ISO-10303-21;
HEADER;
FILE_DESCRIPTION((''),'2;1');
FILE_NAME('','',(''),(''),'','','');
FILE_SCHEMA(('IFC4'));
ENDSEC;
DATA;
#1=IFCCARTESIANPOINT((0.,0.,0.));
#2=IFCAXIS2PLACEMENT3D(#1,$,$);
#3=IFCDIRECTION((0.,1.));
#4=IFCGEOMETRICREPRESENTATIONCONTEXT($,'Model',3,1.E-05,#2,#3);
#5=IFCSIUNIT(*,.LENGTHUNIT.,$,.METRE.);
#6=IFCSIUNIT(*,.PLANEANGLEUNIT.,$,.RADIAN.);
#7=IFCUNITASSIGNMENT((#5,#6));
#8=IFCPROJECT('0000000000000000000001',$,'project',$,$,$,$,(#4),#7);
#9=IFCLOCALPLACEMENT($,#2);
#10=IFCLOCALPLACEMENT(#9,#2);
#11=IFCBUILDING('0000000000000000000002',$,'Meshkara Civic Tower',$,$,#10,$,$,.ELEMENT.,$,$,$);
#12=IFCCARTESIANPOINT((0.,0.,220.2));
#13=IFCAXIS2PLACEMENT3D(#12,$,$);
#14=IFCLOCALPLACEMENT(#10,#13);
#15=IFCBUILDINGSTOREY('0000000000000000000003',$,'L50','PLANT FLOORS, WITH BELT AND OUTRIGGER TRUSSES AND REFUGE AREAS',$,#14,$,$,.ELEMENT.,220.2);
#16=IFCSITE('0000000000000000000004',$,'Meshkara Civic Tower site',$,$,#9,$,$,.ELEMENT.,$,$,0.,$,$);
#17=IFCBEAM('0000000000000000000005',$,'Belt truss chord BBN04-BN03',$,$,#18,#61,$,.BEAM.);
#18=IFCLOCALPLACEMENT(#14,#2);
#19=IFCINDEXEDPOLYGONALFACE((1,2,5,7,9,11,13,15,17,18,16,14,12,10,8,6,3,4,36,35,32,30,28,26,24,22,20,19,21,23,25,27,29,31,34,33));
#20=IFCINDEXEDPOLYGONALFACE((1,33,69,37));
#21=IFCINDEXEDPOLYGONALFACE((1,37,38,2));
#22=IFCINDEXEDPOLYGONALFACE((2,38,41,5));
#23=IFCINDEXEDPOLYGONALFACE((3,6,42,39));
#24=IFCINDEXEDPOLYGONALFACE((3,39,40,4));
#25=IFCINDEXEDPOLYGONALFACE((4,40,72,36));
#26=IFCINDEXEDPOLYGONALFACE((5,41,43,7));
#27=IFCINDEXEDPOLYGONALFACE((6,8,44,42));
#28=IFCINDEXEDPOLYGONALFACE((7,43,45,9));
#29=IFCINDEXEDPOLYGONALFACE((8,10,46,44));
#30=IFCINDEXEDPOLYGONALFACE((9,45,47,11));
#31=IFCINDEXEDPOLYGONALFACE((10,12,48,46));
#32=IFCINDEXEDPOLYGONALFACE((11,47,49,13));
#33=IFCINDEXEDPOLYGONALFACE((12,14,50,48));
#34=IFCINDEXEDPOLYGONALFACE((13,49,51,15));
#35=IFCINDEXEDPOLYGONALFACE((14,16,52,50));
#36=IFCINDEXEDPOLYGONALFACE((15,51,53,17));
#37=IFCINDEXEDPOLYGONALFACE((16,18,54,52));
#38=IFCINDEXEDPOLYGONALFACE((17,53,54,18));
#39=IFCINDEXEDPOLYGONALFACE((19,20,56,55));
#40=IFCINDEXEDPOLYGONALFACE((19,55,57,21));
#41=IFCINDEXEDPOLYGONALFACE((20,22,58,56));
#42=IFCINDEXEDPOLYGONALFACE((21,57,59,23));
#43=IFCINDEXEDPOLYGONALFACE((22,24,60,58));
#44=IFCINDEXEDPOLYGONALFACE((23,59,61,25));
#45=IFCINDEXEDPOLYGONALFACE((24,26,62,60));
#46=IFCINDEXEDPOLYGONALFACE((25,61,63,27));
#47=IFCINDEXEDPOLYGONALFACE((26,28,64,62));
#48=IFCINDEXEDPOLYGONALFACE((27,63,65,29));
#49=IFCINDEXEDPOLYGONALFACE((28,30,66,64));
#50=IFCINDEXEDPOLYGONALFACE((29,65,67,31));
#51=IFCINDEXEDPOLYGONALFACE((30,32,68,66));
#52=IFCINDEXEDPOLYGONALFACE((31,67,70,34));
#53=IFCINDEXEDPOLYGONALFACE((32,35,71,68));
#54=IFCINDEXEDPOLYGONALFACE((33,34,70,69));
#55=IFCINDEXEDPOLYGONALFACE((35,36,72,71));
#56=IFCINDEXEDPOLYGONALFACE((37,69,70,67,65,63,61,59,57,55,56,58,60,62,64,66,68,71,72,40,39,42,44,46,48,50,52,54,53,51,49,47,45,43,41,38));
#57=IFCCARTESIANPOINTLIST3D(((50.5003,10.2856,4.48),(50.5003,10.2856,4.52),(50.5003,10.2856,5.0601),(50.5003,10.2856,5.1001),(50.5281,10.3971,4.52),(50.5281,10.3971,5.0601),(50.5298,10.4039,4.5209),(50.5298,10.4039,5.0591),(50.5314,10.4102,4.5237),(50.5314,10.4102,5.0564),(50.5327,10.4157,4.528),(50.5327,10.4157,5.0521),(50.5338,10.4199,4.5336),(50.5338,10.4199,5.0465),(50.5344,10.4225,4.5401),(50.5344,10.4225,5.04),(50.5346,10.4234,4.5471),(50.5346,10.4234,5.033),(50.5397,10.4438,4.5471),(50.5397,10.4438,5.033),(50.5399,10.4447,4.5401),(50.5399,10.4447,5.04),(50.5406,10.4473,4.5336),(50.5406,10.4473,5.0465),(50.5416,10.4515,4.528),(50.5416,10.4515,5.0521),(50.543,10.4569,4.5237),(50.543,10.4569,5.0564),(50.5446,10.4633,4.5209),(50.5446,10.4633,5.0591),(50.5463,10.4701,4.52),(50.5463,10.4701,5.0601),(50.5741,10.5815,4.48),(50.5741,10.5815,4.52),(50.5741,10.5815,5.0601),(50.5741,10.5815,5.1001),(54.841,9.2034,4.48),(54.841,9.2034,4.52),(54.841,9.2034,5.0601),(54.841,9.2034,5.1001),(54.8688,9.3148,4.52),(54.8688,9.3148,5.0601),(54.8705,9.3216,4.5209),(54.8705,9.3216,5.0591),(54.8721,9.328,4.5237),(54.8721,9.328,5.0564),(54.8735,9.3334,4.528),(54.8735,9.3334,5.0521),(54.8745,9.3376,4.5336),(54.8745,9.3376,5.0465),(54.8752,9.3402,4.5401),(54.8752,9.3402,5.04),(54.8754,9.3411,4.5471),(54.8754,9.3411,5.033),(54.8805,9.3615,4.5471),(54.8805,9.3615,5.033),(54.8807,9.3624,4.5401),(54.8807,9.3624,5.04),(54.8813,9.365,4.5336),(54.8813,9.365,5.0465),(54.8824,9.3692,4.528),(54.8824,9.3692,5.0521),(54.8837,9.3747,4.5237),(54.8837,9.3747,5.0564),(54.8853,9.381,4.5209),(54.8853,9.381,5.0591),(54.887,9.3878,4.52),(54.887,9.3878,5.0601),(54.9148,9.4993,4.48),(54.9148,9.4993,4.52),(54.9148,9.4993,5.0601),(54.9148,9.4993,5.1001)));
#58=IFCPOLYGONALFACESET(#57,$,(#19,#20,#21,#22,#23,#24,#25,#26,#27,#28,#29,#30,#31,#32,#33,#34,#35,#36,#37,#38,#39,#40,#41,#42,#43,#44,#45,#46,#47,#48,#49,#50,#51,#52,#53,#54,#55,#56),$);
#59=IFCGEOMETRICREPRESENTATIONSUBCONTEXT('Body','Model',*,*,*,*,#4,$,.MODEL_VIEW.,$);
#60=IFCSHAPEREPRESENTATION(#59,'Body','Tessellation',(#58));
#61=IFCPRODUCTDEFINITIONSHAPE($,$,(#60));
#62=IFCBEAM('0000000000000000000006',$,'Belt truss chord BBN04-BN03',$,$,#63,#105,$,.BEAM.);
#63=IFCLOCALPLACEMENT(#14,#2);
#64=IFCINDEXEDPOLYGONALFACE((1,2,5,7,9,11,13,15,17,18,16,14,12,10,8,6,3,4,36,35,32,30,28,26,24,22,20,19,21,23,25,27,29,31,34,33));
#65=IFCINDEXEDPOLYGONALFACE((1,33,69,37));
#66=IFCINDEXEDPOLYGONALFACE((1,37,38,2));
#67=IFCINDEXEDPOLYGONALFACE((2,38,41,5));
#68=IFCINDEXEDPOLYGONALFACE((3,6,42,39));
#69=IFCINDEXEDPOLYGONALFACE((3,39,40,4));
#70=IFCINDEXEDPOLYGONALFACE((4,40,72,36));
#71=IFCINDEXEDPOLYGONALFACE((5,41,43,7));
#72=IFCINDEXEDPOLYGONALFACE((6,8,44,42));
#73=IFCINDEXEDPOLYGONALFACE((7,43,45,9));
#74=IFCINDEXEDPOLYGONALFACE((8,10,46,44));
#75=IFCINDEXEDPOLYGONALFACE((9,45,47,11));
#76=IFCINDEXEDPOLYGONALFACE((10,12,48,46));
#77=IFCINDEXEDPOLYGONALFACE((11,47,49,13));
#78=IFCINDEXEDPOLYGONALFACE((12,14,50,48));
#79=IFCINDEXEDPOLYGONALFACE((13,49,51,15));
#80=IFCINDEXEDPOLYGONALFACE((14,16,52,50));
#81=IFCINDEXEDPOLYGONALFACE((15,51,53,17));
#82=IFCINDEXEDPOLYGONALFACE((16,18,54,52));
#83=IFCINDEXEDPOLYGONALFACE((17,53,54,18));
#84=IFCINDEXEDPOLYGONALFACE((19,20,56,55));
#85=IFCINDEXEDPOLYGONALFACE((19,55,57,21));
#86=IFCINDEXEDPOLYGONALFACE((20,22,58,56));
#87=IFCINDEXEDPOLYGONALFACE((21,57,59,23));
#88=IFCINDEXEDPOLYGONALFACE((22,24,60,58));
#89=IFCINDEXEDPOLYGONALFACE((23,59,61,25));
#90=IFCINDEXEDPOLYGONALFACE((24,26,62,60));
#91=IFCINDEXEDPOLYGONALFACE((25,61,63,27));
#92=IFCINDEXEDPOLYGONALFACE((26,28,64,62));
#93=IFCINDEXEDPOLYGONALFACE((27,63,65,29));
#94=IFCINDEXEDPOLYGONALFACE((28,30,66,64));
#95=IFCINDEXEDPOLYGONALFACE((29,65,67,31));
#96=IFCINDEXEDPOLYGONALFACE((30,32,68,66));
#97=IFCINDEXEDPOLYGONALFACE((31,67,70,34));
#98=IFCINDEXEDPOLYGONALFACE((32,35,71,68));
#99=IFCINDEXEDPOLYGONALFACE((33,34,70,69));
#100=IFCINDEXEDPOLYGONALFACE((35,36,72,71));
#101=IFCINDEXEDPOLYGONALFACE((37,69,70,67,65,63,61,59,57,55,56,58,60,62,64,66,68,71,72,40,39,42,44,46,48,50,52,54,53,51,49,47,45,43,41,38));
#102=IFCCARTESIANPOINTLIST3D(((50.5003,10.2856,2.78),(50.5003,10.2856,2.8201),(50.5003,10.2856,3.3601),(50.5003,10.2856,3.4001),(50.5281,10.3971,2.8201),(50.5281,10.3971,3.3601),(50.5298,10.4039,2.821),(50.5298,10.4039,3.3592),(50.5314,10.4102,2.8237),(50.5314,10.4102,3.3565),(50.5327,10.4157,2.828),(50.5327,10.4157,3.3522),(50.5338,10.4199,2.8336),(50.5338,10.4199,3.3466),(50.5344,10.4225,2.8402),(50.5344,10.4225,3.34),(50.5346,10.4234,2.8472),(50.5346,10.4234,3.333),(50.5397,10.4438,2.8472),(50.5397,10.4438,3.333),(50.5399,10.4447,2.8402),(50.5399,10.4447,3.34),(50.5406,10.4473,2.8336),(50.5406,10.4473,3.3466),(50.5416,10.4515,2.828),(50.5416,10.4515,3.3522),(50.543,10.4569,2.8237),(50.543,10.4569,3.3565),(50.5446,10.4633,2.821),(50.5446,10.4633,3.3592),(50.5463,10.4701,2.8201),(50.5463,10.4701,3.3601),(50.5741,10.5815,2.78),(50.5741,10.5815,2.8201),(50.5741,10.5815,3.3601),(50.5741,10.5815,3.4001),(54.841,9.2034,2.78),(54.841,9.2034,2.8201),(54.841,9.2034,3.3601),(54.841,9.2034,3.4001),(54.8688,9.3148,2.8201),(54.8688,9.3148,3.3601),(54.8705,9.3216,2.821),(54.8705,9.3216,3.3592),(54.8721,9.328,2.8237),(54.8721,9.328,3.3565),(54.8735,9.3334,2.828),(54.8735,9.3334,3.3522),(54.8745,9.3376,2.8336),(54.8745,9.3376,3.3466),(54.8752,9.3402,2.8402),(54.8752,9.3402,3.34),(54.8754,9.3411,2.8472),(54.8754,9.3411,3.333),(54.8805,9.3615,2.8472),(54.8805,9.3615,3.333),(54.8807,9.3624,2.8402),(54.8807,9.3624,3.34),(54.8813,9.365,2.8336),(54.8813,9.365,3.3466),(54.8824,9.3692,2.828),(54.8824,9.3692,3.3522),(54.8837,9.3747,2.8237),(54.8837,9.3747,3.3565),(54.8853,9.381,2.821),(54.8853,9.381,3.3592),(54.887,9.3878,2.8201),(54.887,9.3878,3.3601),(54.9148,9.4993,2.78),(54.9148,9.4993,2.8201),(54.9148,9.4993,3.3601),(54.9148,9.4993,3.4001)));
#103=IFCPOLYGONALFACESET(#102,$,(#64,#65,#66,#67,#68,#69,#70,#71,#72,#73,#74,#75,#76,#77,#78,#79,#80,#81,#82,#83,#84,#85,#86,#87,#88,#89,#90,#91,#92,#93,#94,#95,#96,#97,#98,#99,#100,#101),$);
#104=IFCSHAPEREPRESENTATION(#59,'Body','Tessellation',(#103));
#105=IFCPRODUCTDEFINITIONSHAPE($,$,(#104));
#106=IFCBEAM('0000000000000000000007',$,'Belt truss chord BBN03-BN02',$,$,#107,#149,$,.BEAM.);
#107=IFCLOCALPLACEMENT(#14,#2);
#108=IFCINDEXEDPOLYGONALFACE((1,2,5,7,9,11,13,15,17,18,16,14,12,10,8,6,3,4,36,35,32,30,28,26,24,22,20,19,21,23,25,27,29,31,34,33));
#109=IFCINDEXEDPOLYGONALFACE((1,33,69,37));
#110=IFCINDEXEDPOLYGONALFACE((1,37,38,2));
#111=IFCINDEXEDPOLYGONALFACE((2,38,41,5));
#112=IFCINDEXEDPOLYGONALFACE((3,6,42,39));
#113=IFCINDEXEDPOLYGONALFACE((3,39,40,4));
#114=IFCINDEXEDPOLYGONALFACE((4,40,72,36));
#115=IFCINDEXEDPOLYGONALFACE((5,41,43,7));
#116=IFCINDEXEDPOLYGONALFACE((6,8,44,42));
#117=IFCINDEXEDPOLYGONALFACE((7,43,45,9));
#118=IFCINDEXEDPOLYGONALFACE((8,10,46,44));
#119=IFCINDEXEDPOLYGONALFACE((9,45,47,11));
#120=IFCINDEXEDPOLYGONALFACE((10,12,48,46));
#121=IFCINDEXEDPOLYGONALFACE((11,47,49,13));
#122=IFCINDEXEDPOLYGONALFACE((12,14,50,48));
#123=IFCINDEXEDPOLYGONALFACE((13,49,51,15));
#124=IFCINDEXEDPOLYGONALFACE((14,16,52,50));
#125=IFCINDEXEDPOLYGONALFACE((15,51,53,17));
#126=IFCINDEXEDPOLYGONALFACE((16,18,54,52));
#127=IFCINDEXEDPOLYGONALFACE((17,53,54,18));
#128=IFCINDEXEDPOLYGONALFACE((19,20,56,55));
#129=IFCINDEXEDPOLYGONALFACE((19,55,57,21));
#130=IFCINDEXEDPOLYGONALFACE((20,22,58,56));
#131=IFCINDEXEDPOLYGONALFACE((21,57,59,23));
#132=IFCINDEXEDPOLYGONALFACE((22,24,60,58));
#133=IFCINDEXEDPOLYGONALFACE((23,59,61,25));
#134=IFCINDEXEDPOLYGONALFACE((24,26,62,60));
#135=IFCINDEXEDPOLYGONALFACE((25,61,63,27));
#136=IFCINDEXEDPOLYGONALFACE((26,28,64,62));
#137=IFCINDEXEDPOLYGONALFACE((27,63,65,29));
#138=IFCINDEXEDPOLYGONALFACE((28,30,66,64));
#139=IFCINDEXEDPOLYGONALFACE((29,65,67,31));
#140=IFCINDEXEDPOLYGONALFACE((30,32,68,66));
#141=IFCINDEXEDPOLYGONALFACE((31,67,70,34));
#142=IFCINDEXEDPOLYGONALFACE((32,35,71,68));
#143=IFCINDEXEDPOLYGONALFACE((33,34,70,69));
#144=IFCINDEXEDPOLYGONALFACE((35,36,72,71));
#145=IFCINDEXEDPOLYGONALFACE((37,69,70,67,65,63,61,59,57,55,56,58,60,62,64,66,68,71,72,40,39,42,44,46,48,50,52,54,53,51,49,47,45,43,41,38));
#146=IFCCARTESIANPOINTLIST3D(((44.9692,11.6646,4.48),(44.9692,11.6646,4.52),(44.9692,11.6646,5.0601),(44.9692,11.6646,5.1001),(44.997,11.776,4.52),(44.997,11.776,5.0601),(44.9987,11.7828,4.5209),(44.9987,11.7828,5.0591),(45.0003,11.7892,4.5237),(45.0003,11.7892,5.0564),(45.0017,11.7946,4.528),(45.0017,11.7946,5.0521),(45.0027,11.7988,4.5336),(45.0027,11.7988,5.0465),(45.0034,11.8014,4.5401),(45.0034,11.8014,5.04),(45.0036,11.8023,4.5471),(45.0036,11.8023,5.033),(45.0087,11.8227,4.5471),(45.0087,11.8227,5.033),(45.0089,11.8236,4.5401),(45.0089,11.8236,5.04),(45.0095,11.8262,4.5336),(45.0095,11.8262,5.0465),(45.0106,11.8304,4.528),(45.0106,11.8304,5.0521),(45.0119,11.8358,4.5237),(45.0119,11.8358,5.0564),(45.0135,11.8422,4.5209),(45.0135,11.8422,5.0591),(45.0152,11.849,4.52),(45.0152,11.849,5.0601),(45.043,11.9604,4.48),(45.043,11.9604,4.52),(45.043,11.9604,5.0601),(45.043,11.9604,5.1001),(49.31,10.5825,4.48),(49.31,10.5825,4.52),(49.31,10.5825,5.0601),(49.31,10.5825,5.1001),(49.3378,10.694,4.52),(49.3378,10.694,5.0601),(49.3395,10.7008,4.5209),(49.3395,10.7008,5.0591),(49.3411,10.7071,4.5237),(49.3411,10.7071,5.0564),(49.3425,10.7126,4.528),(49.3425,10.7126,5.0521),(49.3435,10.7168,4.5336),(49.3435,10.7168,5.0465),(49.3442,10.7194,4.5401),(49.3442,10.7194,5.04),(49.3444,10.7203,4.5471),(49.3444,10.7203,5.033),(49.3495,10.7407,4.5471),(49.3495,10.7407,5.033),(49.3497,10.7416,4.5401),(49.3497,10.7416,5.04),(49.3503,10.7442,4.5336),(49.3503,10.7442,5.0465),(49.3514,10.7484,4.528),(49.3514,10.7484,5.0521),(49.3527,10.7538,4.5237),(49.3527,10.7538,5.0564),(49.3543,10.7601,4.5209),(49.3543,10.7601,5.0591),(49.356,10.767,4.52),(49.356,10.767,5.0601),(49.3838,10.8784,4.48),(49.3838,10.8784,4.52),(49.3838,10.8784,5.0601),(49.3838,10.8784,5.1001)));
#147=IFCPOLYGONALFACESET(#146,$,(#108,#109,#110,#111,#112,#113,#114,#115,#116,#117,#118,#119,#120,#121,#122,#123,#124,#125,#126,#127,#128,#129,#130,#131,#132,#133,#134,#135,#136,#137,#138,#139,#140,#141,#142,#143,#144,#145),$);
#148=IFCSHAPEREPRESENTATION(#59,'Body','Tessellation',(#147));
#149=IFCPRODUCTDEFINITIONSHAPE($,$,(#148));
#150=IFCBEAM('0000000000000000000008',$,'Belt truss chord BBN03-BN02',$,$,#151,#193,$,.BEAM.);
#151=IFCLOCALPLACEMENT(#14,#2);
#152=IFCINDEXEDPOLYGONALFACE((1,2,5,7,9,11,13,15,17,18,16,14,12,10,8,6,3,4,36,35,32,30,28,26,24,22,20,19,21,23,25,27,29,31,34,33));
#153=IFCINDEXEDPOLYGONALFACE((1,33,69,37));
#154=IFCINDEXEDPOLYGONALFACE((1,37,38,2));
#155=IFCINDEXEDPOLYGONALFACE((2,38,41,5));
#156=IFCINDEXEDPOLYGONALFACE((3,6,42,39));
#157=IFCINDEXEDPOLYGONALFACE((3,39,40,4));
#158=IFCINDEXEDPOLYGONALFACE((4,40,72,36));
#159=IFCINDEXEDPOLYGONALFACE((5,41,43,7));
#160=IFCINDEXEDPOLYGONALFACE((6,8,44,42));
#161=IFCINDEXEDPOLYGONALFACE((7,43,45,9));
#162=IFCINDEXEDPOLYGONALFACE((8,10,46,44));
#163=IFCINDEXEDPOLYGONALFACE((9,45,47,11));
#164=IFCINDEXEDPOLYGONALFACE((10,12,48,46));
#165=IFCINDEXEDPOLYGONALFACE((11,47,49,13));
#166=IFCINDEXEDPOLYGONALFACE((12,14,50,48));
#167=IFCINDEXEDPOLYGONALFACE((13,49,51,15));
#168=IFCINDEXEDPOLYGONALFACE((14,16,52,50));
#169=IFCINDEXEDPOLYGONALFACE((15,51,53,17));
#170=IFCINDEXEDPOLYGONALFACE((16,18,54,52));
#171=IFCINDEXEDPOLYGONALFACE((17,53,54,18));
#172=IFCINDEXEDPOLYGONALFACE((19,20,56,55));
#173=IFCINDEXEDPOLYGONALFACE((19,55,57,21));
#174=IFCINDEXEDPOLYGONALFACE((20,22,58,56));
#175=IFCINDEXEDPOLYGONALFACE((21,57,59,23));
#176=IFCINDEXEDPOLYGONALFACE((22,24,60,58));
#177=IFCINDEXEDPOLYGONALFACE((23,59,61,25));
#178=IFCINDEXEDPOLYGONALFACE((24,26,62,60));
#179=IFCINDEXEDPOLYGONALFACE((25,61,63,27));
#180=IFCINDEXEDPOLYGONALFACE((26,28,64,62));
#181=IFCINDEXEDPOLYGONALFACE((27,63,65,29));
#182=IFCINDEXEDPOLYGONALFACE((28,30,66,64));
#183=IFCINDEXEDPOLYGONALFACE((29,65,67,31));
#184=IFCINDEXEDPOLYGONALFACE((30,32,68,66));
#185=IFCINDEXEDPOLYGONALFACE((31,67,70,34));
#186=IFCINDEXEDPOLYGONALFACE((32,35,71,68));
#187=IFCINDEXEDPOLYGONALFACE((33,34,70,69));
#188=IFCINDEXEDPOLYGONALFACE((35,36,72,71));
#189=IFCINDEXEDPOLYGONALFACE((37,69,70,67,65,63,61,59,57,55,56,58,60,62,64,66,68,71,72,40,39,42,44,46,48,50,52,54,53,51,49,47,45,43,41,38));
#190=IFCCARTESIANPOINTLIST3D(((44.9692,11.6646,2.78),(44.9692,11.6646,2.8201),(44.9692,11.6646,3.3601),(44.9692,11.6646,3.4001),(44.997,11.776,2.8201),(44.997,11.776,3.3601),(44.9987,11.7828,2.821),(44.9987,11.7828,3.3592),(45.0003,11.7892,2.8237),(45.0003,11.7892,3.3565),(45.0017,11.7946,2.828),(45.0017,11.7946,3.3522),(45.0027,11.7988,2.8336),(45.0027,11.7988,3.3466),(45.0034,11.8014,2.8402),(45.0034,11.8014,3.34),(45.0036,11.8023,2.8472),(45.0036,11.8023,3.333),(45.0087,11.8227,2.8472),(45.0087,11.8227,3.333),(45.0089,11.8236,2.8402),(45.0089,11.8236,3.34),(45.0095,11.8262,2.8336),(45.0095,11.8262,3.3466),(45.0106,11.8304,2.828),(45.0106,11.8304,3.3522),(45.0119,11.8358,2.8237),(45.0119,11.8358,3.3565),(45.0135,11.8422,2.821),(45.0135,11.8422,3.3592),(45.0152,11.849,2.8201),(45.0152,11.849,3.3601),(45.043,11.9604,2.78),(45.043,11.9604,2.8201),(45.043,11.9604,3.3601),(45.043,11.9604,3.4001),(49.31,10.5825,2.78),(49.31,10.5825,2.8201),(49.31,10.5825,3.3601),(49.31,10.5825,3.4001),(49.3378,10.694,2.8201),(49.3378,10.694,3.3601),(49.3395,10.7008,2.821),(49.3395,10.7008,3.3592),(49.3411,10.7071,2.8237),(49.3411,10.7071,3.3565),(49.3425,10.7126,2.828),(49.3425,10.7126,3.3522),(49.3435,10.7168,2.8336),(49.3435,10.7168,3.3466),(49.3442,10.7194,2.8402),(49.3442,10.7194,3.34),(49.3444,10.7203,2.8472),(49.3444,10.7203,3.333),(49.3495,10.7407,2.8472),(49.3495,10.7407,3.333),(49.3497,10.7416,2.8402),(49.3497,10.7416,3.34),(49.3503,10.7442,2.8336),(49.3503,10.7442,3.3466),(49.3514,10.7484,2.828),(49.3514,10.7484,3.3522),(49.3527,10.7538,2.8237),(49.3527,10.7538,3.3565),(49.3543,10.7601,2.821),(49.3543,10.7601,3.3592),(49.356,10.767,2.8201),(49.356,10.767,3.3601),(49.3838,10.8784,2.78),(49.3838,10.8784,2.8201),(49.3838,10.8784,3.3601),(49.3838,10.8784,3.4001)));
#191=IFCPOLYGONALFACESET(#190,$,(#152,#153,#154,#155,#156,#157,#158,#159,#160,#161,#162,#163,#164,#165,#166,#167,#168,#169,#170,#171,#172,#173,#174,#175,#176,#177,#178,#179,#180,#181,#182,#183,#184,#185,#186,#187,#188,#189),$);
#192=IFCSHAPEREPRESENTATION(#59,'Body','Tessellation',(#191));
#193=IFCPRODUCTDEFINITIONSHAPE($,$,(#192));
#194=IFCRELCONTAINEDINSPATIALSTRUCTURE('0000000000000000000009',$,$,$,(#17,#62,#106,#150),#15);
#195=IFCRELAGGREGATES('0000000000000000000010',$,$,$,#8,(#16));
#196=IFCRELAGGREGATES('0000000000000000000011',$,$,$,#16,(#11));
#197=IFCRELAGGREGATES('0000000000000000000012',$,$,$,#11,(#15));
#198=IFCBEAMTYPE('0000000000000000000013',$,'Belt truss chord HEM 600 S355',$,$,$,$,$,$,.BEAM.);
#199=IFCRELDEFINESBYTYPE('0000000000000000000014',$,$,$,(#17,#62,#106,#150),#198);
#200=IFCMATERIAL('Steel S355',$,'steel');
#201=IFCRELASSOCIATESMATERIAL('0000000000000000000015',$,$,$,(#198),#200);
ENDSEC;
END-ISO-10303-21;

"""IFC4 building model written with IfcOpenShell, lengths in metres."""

from ifc_helpers import new_model, si_unit, direction, frame, origin, origin_2d, place, context, subcontext, project, spatial, i_section, extrude, material, material_profile, profile_set, type_object, element, save


model = new_model("IFC4")

# Units and contexts
model_context = context("Model", 3, precision=1e-05, world=origin(), true_north=direction((0.0, 1.0)))
body_context = subcontext(model_context, "Body", "Model", "MODEL_VIEW")
ifc_project = project(units=[si_unit("LENGTHUNIT", "METRE"), si_unit("PLANEANGLEUNIT", "RADIAN")], contexts=[model_context])

# Site, building, storey
site_placement = place(None, origin())
site = spatial("IfcSite", under=ifc_project, at=site_placement, Name="Meshkara Civic Tower site", CompositionType="ELEMENT", RefElevation=0.0)
building_placement = place(site_placement, origin())
building = spatial("IfcBuilding", under=site, at=building_placement, Name="Meshkara Civic Tower", CompositionType="ELEMENT")
storey_placement = place(building_placement, frame((0.0, 0.0, 220.2)))
storey = spatial("IfcBuildingStorey", under=building, at=storey_placement, Name="L50", Description="PLANT FLOORS, WITH BELT AND OUTRIGGER TRUSSES AND REFUGE AREAS", CompositionType="ELEMENT", Elevation=220.2)

# Beams
ifc_material_1 = material(Name="Steel S355", Category="steel")
ifc_material_profile_1 = material_profile(ifc_material_1, i_section(OverallWidth=0.3049, OverallDepth=0.6201, WebThickness=0.021, FlangeThickness=0.04, FilletRadius=0.0271, at=origin_2d()))
ifc_profile_set_1 = profile_set([ifc_material_profile_1], Name="Steel S355")
beam_type_1 = type_object("IfcBeamType", Name="Belt truss chord HEM 600 S355", PredefinedType="BEAM", material=ifc_profile_set_1)
for number, where, z_axis, x_axis, name in (
    (1, (54.8779, 9.3513, 4.79), (-0.970296, 0.241919, 0.0), (-0.241919, -0.970296, 0.0), "Belt truss chord BBN04-BN03"),
    (2, (54.8779, 9.3513, 3.0901), (-0.970296, 0.241919, 0.0), (-0.241919, -0.970296, 0.0), "Belt truss chord BBN04-BN03"),
    (3, (49.3469, 10.7305, 4.79), (-0.970309, 0.241868, 0.0), (-0.241868, -0.970309, 0.0), "Belt truss chord BBN03-BN02"),
    (4, (49.3469, 10.7305, 3.0901), (-0.970309, 0.241868, 0.0), (-0.241868, -0.970309, 0.0), "Belt truss chord BBN03-BN02"),
):
    element("IfcBeam", number, at=place(storey_placement, frame(where, z_axis=z_axis, x_axis=x_axis)), inside=storey, type_object=beam_type_1, Name=name, PredefinedType="BEAM", context=body_context, shape_type="SweptSolid", body=[
        extrude(i_section(OverallWidth=0.3049, OverallDepth=0.6201, WebThickness=0.021, FlangeThickness=0.04, FilletRadius=0.0271, at=origin_2d()), origin(), (0.0, 0.0, 1.0), 4.4736),
    ])

save(model, "model.ifc")
